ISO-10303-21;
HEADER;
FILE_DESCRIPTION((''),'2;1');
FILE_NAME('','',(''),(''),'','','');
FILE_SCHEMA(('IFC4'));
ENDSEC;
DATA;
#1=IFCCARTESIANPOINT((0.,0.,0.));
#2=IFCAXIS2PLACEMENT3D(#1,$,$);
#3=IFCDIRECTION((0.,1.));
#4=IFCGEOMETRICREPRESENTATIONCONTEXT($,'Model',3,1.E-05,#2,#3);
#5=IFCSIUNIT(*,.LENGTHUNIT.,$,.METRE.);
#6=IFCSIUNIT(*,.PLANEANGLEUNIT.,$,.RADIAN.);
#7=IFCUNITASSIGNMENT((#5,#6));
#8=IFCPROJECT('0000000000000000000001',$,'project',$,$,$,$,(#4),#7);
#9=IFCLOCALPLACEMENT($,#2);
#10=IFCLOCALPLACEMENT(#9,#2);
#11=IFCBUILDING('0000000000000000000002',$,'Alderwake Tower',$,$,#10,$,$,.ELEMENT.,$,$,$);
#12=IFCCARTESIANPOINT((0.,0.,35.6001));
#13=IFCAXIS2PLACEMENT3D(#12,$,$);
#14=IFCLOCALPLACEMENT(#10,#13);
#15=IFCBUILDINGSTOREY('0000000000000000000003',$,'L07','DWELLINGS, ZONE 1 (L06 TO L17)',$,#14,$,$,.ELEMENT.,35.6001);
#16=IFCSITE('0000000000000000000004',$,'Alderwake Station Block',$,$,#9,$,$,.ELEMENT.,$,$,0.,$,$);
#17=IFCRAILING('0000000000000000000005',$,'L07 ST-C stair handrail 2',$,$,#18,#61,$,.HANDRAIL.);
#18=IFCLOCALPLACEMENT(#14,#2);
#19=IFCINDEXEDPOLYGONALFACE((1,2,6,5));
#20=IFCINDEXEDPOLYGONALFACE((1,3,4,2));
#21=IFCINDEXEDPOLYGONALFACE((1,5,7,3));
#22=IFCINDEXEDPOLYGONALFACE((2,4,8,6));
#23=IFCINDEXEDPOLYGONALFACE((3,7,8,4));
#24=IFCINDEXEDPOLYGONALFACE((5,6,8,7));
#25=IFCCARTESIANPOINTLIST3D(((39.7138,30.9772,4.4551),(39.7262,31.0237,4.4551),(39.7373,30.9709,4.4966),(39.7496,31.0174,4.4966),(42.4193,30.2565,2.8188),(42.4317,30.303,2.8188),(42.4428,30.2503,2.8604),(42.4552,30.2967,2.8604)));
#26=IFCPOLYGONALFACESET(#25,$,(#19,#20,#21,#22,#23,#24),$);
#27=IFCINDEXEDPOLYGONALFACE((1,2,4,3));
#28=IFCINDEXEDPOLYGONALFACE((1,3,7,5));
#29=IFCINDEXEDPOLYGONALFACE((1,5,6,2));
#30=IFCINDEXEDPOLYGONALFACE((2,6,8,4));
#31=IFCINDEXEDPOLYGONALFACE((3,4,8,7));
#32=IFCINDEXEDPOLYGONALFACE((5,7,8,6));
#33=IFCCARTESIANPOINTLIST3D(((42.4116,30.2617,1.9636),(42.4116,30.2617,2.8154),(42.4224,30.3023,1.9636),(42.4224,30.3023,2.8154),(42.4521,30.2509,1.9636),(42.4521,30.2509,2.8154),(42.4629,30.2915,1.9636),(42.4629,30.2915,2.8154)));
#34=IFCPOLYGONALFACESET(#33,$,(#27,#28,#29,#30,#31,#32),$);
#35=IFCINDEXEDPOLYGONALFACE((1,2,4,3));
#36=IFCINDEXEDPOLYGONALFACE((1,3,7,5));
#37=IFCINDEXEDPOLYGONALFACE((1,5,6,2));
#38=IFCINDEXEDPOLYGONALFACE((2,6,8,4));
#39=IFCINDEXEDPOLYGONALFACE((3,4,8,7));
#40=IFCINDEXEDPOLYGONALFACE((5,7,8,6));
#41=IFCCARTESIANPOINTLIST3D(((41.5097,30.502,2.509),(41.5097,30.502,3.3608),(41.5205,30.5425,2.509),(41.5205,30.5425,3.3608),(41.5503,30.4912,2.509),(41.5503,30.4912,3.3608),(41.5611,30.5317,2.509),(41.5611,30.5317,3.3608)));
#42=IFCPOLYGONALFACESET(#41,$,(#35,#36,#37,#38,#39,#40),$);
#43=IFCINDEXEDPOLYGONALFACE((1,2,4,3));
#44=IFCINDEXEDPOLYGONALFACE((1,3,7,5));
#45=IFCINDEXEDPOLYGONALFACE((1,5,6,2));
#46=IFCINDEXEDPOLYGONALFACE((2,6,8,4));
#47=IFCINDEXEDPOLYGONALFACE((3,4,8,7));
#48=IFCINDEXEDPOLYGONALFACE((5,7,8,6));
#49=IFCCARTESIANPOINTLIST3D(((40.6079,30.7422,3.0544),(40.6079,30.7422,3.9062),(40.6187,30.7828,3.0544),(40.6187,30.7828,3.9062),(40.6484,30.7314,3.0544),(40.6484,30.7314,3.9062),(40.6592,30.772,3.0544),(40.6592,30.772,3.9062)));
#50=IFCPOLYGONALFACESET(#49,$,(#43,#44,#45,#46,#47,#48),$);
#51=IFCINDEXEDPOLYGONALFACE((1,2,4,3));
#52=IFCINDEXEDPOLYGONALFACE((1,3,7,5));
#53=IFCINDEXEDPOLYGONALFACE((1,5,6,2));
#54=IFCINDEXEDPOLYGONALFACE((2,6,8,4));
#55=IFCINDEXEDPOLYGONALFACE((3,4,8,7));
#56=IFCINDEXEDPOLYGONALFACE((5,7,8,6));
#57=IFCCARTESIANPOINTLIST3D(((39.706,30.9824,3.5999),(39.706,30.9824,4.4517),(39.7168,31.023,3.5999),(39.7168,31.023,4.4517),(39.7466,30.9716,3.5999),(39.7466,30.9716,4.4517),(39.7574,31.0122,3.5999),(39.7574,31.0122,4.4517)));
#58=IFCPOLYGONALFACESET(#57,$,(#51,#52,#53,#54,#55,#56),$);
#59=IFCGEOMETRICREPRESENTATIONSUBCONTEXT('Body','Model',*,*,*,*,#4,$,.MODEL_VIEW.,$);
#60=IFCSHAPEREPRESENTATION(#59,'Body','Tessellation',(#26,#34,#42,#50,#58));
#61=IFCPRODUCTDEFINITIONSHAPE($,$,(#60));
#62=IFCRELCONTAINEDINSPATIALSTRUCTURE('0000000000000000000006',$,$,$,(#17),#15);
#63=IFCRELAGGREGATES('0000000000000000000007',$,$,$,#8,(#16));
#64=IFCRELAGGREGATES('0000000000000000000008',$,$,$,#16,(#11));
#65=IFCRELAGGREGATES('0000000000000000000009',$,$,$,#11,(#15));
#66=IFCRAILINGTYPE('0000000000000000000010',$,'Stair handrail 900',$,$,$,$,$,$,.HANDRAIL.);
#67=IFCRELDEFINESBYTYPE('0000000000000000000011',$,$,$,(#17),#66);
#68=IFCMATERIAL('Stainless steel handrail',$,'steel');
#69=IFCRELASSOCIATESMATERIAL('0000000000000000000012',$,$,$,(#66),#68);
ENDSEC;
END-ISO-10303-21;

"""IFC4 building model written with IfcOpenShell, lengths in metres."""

from ifc_helpers import new_model, si_unit, direction, frame, origin, origin_2d, place, context, subcontext, project, spatial, rectangle, extrude, material, type_object, element, save


model = new_model("IFC4")

# Units and contexts
model_context = context("Model", 3, precision=1e-05, world=origin(), true_north=direction((0.0, 1.0)))
body_context = subcontext(model_context, "Body", "Model", "MODEL_VIEW")
ifc_project = project(units=[si_unit("LENGTHUNIT", "METRE"), si_unit("PLANEANGLEUNIT", "RADIAN")], contexts=[model_context])

# Site, building, storey
site_placement = place(None, origin())
site = spatial("IfcSite", under=ifc_project, at=site_placement, Name="Alderwake Station Block", CompositionType="ELEMENT", RefElevation=0.0)
building_placement = place(site_placement, origin())
building = spatial("IfcBuilding", under=site, at=building_placement, Name="Alderwake Tower", CompositionType="ELEMENT")
storey_placement = place(building_placement, frame((0.0, 0.0, 35.6001)))
storey = spatial("IfcBuildingStorey", under=building, at=storey_placement, Name="L07", Description="DWELLINGS, ZONE 1 (L06 TO L17)", CompositionType="ELEMENT", Elevation=35.6001)

# Railing
ifc_material_1 = material(Name="Stainless steel handrail", Category="steel")
railing_type_1 = type_object("IfcRailingType", Name="Stair handrail 900", PredefinedType="HANDRAIL", material=ifc_material_1)
railing_1_placement = place(storey_placement, frame((42.4373, 30.2766, 1.9636)))
element("IfcRailing", 1, at=railing_1_placement, inside=storey, type_object=railing_type_1, Name="L07 ST-C stair handrail 2", PredefinedType="HANDRAIL", context=body_context, shape_type="SweptSolid", body=[
    extrude(rectangle(XDim=0.0481, YDim=0.0481, at=origin_2d()), frame((0.0, 0.0, 0.876), z_axis=(-0.834291, 0.222237, 0.504549), x_axis=(-0.257402, -0.966304, 0.0)), (0.0, 0.0, 1.0), 3.2429),
    extrude(rectangle(XDim=0.042, YDim=0.042, at=origin_2d()), frame((0.0, 0.0, 0.0), z_axis=(0.0, 0.0, 1.0), x_axis=(-0.966304, 0.257402, 0.0)), (0.0, 0.0, 1.0), 0.8518),
    extrude(rectangle(XDim=0.042, YDim=0.042, at=origin_2d()), frame((-0.9019, 0.2402, 0.5454), z_axis=(0.0, 0.0, 1.0), x_axis=(-0.966304, 0.257402, 0.0)), (0.0, 0.0, 1.0), 0.8518),
    extrude(rectangle(XDim=0.042, YDim=0.042, at=origin_2d()), frame((-1.8037, 0.4805, 1.0908), z_axis=(0.0, 0.0, 1.0), x_axis=(-0.966304, 0.257402, 0.0)), (0.0, 0.0, 1.0), 0.8518),
    extrude(rectangle(XDim=0.042, YDim=0.042, at=origin_2d()), frame((-2.7056, 0.7207, 1.6362), z_axis=(0.0, 0.0, 1.0), x_axis=(-0.966304, 0.257402, 0.0)), (0.0, 0.0, 1.0), 0.8518),
])

save(model, "model.ifc")
